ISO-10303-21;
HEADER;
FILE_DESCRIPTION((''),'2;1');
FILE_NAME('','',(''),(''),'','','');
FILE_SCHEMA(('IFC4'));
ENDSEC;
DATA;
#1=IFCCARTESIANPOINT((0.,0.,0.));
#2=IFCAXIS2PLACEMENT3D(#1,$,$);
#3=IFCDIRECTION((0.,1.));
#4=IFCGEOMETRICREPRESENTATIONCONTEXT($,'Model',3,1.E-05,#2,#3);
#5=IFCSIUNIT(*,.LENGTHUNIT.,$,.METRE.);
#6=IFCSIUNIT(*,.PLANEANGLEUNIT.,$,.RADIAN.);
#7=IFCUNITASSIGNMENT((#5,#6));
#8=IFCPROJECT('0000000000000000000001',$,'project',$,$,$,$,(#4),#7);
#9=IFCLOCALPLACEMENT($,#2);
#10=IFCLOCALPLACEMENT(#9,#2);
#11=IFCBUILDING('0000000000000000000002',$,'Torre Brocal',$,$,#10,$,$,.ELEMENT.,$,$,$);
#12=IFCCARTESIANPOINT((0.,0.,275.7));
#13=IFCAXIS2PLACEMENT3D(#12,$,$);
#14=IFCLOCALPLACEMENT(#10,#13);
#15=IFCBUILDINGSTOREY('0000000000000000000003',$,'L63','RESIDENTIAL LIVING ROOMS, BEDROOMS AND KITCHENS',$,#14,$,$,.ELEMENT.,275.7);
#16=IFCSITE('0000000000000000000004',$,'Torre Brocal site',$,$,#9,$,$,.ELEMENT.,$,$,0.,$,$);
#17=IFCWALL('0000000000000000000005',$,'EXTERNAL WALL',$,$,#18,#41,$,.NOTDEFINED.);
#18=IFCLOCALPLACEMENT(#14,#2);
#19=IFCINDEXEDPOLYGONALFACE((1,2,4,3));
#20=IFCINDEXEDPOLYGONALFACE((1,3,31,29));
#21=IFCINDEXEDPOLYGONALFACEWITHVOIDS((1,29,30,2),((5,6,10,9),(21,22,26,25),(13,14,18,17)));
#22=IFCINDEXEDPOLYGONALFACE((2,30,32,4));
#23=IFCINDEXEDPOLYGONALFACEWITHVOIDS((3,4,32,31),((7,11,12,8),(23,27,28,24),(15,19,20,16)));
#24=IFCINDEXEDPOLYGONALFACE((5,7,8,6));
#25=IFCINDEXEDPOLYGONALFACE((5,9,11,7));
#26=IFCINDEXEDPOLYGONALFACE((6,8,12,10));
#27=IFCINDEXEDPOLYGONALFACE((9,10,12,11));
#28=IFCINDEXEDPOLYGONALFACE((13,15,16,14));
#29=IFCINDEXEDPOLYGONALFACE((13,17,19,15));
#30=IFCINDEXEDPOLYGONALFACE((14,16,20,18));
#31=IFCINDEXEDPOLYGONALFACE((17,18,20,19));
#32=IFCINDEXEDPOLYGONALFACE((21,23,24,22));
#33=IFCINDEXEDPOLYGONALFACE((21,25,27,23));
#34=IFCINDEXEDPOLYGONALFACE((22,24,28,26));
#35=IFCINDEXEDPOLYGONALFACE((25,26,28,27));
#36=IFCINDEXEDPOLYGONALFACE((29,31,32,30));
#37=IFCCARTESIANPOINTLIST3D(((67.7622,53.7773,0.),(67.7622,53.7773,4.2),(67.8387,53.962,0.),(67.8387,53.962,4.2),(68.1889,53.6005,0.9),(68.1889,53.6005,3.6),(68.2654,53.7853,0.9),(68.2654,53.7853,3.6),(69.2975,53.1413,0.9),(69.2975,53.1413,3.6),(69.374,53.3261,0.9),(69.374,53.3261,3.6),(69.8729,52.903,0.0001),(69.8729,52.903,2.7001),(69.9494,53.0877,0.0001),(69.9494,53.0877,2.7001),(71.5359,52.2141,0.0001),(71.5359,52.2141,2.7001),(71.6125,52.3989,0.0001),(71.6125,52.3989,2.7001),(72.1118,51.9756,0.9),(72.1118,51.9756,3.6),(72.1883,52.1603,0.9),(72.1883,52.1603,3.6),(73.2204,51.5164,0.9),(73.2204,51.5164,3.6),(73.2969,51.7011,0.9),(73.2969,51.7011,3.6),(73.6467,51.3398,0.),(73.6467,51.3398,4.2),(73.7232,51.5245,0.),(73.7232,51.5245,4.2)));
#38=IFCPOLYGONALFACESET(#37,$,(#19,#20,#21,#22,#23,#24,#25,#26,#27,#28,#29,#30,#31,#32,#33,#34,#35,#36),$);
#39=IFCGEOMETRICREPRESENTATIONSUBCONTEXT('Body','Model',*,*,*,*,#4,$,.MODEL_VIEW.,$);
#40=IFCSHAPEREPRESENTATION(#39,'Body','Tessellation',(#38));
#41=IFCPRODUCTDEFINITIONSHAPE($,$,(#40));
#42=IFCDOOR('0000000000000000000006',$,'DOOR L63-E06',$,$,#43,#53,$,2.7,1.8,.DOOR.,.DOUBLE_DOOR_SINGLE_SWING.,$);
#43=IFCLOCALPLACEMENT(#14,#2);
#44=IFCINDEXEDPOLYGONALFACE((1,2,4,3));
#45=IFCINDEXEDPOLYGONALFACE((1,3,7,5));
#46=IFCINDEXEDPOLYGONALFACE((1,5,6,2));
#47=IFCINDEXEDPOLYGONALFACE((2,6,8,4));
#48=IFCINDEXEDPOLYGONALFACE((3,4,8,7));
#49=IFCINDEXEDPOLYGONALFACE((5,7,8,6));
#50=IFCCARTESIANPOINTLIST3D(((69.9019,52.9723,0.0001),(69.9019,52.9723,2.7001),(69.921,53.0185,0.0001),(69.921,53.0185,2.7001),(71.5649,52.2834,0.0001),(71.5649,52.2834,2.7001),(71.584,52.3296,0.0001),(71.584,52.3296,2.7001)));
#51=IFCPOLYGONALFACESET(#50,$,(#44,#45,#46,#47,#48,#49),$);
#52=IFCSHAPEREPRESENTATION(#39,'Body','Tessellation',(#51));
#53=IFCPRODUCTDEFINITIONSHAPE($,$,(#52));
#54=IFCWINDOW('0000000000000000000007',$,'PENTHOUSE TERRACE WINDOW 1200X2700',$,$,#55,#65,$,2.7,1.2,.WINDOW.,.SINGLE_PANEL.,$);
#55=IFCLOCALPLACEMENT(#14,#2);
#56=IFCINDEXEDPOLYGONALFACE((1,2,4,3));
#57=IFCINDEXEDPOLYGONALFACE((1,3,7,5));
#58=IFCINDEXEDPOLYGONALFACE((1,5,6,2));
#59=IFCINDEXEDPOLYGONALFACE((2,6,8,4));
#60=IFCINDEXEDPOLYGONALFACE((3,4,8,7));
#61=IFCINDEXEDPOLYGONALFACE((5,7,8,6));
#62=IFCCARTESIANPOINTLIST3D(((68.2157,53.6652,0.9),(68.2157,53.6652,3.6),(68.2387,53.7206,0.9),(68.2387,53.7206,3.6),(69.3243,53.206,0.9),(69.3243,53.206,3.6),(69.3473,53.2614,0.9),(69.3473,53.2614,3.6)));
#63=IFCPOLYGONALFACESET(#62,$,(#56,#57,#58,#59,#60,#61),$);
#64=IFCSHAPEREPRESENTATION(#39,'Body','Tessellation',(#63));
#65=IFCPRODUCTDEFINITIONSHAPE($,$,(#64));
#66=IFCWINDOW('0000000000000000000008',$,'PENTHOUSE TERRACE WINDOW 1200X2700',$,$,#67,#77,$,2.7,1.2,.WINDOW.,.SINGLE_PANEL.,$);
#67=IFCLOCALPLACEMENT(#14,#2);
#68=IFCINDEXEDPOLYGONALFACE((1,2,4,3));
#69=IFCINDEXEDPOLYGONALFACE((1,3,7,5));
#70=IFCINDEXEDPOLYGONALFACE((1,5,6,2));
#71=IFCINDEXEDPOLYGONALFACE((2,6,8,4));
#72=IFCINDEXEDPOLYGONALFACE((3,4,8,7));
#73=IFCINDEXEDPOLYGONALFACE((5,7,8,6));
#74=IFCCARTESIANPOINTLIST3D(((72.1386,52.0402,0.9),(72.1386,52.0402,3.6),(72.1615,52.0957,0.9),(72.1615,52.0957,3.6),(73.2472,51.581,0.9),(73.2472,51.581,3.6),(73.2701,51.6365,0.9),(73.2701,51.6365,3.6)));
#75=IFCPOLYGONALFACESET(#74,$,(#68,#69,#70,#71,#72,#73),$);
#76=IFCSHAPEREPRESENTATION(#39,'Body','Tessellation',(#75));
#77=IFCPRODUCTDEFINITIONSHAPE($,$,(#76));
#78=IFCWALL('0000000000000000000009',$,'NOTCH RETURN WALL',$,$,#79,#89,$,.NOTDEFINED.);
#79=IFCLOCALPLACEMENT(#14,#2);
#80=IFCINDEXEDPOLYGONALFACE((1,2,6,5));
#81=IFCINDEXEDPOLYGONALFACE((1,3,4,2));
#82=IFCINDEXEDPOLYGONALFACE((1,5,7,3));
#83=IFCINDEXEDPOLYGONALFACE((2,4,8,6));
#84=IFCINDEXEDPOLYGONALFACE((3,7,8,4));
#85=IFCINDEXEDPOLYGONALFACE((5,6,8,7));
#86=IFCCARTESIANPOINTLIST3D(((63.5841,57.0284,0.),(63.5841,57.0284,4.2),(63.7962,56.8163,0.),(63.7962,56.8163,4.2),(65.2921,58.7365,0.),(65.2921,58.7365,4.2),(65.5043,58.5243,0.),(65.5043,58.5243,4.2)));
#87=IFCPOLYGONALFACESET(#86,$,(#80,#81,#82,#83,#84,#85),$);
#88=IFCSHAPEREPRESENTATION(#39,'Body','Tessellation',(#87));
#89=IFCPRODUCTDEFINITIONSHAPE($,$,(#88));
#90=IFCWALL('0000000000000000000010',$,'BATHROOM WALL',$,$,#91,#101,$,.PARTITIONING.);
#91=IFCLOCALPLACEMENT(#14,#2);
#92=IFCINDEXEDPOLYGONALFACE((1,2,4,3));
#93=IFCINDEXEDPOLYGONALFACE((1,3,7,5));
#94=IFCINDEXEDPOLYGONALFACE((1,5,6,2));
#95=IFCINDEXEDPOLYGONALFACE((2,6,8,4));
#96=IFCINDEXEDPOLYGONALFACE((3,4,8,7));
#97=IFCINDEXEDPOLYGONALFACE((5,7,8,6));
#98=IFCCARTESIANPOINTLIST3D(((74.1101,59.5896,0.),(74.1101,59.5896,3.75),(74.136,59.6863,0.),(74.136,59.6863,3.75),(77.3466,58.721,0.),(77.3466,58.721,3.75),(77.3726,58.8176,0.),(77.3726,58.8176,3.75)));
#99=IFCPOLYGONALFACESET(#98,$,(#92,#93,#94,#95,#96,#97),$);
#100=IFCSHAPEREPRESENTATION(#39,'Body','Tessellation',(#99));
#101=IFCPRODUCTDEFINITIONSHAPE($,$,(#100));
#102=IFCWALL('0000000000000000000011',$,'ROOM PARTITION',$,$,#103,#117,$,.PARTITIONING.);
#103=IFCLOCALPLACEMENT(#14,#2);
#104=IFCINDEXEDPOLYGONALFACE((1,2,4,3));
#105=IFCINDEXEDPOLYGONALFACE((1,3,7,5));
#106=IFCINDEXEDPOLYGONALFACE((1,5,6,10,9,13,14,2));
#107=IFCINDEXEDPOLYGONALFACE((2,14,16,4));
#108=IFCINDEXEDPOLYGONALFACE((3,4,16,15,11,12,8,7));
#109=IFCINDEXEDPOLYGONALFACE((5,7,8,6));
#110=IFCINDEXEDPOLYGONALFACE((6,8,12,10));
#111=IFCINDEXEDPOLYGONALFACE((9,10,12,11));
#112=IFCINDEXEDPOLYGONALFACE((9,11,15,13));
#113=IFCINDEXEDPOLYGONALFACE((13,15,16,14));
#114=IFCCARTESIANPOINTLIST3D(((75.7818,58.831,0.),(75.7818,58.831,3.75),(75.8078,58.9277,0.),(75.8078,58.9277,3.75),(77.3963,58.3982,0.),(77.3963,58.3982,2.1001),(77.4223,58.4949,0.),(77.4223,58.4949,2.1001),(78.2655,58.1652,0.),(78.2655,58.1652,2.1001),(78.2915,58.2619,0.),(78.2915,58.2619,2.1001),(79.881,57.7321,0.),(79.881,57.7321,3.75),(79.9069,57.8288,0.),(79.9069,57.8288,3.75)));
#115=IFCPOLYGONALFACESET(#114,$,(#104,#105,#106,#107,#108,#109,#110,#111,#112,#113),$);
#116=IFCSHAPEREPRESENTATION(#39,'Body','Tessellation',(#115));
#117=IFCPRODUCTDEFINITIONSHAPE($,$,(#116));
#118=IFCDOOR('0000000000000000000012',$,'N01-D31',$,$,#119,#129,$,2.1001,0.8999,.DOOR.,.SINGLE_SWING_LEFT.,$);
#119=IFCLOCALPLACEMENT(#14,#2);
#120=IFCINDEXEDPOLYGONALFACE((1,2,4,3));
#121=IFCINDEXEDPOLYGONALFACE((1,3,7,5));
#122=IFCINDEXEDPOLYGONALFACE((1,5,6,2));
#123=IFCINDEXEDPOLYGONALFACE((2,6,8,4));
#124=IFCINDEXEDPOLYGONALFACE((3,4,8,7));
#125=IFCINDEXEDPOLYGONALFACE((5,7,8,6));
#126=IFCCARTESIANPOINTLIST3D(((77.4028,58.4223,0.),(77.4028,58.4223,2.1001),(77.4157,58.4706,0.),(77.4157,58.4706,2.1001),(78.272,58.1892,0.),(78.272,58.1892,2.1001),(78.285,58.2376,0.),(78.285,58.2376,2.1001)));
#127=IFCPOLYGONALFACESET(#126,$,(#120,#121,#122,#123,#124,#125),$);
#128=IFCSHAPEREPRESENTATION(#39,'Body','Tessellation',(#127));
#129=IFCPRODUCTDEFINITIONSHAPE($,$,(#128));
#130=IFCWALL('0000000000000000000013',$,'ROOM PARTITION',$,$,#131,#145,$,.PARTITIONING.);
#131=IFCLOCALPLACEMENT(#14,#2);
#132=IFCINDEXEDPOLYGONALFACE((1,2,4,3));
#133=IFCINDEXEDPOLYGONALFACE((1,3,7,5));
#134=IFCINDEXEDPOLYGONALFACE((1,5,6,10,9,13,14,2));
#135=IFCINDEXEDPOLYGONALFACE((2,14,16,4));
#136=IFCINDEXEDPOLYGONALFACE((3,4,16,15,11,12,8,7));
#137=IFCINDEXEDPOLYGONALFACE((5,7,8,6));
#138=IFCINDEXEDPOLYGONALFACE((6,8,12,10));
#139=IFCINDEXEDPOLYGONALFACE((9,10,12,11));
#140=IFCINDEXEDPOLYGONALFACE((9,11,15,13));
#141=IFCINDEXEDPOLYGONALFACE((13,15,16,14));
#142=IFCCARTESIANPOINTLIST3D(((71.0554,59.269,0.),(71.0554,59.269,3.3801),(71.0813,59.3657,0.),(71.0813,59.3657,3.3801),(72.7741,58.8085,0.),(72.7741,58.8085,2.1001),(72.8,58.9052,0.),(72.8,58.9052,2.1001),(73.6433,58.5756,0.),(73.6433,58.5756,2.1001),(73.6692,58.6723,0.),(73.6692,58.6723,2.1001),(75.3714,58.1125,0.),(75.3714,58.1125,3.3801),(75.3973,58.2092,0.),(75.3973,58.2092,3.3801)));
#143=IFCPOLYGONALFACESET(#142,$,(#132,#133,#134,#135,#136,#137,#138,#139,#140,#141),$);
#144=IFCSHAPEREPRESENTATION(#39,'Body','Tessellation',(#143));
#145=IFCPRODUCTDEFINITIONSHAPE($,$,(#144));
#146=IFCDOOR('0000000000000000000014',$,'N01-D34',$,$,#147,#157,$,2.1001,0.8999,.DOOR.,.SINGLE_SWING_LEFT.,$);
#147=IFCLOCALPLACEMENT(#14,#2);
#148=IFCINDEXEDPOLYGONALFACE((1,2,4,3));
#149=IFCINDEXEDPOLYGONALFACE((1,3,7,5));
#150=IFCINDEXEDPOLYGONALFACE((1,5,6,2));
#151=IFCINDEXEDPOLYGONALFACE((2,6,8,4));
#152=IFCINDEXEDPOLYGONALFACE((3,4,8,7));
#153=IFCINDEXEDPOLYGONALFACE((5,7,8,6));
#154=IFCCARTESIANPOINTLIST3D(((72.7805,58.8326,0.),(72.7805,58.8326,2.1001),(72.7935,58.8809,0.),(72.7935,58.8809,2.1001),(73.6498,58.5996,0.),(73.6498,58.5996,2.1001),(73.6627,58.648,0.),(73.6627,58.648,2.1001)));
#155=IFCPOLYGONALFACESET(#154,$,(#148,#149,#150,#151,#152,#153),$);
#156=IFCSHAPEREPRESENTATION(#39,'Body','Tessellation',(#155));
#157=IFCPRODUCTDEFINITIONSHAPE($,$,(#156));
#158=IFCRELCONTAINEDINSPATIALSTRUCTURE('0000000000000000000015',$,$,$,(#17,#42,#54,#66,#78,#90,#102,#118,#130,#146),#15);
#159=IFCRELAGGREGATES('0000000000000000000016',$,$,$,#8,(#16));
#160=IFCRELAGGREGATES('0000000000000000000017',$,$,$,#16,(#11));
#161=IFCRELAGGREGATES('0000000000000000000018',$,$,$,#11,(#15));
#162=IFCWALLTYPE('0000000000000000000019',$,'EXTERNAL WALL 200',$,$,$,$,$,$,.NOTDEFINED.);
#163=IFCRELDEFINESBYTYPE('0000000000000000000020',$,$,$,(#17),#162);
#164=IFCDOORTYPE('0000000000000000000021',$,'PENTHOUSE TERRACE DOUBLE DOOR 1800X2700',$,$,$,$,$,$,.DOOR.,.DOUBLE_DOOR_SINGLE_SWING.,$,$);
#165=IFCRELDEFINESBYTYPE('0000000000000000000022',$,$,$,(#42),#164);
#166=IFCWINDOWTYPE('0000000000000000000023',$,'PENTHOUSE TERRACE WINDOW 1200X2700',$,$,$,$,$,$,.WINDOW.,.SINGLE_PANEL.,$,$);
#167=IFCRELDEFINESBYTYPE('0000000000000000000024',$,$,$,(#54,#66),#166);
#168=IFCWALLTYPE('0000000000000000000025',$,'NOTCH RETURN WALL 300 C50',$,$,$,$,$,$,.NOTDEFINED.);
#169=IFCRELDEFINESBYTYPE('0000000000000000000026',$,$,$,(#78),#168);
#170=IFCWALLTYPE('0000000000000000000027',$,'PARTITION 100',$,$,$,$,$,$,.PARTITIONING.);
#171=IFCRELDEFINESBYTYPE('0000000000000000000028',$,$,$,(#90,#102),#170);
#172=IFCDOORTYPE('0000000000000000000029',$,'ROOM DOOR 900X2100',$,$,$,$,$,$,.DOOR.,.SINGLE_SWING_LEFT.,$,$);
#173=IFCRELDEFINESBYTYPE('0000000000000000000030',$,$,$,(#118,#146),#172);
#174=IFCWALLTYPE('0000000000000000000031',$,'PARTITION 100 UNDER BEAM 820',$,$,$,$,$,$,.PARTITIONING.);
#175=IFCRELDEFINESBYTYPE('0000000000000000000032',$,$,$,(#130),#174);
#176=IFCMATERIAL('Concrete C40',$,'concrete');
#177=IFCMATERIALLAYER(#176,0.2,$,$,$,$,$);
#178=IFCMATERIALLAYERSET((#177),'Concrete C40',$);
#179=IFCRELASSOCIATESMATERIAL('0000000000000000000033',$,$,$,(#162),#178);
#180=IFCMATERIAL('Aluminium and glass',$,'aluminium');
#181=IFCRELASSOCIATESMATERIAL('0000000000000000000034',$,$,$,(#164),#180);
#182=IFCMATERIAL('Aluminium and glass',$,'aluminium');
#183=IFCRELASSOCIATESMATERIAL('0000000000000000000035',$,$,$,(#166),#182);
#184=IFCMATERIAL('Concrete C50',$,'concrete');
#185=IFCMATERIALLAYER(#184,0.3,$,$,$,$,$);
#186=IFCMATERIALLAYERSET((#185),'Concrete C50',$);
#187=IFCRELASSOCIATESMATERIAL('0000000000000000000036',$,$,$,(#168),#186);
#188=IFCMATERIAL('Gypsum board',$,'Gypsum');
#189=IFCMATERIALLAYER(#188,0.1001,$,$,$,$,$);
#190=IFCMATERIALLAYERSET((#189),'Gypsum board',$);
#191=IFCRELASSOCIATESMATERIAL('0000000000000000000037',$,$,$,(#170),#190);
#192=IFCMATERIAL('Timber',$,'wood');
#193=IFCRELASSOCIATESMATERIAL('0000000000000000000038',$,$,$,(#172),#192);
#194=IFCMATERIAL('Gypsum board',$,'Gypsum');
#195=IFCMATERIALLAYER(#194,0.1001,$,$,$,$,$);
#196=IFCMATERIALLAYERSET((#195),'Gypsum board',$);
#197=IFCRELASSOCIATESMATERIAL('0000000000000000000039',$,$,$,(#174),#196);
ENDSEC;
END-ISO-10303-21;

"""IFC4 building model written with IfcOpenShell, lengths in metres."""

from ifc_helpers import new_model, si_unit, direction, frame, frame_2d, origin, place, context, subcontext, project, spatial, rectangle, extrude, material, layer, layer_set, type_object, element, fill, save


model = new_model("IFC4")

# Units and contexts
model_context = context("Model", 3, precision=1e-05, world=origin(), true_north=direction((0.0, 1.0)))
body_context = subcontext(model_context, "Body", "Model", "MODEL_VIEW")
ifc_project = project(units=[si_unit("LENGTHUNIT", "METRE"), si_unit("PLANEANGLEUNIT", "RADIAN")], contexts=[model_context])

# Site, building, storey
site_placement = place(None, origin())
site = spatial("IfcSite", under=ifc_project, at=site_placement, Name="Torre Brocal site", CompositionType="ELEMENT", RefElevation=0.0)
building_placement = place(site_placement, origin())
building = spatial("IfcBuilding", under=site, at=building_placement, Name="Torre Brocal", CompositionType="ELEMENT")
storey_placement = place(building_placement, frame((0.0, 0.0, 275.7)))
storey = spatial("IfcBuildingStorey", under=building, at=storey_placement, Name="L63", Description="RESIDENTIAL LIVING ROOMS, BEDROOMS AND KITCHENS", CompositionType="ELEMENT", Elevation=275.7)

# Wall, openings, door, windows
ifc_material_1 = material(Name="Concrete C40", Category="concrete")
ifc_layer_1 = layer(ifc_material_1, 0.2)
ifc_layer_set_1 = layer_set([ifc_layer_1], Name="Concrete C40")
wall_type_1 = type_object("IfcWallType", Name="EXTERNAL WALL 200", PredefinedType="NOTDEFINED", material=ifc_layer_set_1)
wall_1_placement = place(storey_placement, frame((67.8005, 53.8696, 0.0), z_axis=(0.0, 0.0, 1.0), x_axis=(0.923877, -0.38269, 0.0)))
wall_1 = element("IfcWall", 1, at=wall_1_placement, inside=storey, type_object=wall_type_1, Name="EXTERNAL WALL", PredefinedType="NOTDEFINED", context=body_context, shape_type="SweptSolid", body=[
    extrude(rectangle(XDim=6.3694, YDim=0.2, at=frame_2d((3.1846, 0.0))), origin(), (0.0, 0.0, 1.0), 4.2),
])
opening_1_placement = place(wall_1_placement, frame((0.4617, 0.0, 0.8999)))
opening_1 = element("IfcOpeningElement", 2, at=opening_1_placement, cuts=wall_1, PredefinedType="OPENING", context=body_context, shape_type="SweptSolid", body=[
    extrude(rectangle(XDim=1.2, YDim=2.7, at=frame_2d((0.6001, 1.3501))), frame((0.0, 0.1099, 0.0), z_axis=(0.0, -1.0, 0.0), x_axis=(1.0, 0.0, 0.0)), (0.0, 0.0, 1.0), 0.22),
])
opening_2_placement = place(wall_1_placement, frame((2.2847, 0.0, 0.0)))
opening_2 = element("IfcOpeningElement", 3, at=opening_2_placement, cuts=wall_1, PredefinedType="OPENING", context=body_context, shape_type="SweptSolid", body=[
    extrude(rectangle(XDim=1.8, YDim=2.7, at=frame_2d((0.8999, 1.3501))), frame((0.0, 0.1099, 0.0), z_axis=(0.0, -1.0, 0.0), x_axis=(1.0, 0.0, 0.0)), (0.0, 0.0, 1.0), 0.22),
])
opening_3_placement = place(wall_1_placement, frame((4.7078, 0.0, 0.8999)))
opening_3 = element("IfcOpeningElement", 4, at=opening_3_placement, cuts=wall_1, PredefinedType="OPENING", context=body_context, shape_type="SweptSolid", body=[
    extrude(rectangle(XDim=1.2, YDim=2.7, at=frame_2d((0.6001, 1.3501))), frame((0.0, 0.1099, 0.0), z_axis=(0.0, -1.0, 0.0), x_axis=(1.0, 0.0, 0.0)), (0.0, 0.0, 1.0), 0.22),
])
ifc_material_2 = material(Name="Aluminium and glass", Category="aluminium")
door_type_1 = type_object("IfcDoorType", Name="PENTHOUSE TERRACE DOUBLE DOOR 1800X2700", OperationType="DOUBLE_DOOR_SINGLE_SWING", PredefinedType="DOOR", material=ifc_material_2)
door_1_placement = place(opening_2_placement, frame((1.8, 0.0, 0.0), z_axis=(0.0, 0.0, 1.0), x_axis=(-1.0, 0.0, 0.0)))
door_1 = element("IfcDoor", 5, at=door_1_placement, inside=storey, type_object=door_type_1, Name="DOOR L63-E06", OperationType="DOUBLE_DOOR_SINGLE_SWING", OverallHeight=2.7, OverallWidth=1.8, PredefinedType="DOOR", context=body_context, shape_type="SweptSolid", body=[
    extrude(rectangle(XDim=1.8, YDim=2.7, at=frame_2d((0.8999, 1.3501))), frame((0.0, 0.0249, 0.0), z_axis=(0.0, -1.0, 0.0), x_axis=(1.0, 0.0, 0.0)), (0.0, 0.0, 1.0), 0.05),
])
fill(opening_2, door_1)
ifc_material_3 = material(Name="Aluminium and glass", Category="aluminium")
window_type = type_object("IfcWindowType", Name="PENTHOUSE TERRACE WINDOW 1200X2700", PartitioningType="SINGLE_PANEL", PredefinedType="WINDOW", material=ifc_material_3)
window_1_placement = place(opening_1_placement, origin())
window_1 = element("IfcWindow", 6, at=window_1_placement, inside=storey, type_object=window_type, Name="PENTHOUSE TERRACE WINDOW 1200X2700", OverallHeight=2.7, OverallWidth=1.2, PartitioningType="SINGLE_PANEL", PredefinedType="WINDOW", context=body_context, shape_type="SweptSolid", body=[
    extrude(rectangle(XDim=1.2, YDim=2.7, at=frame_2d((0.6001, 1.3501))), frame((0.0, 0.03, 0.0), z_axis=(0.0, -1.0, 0.0), x_axis=(1.0, 0.0, 0.0)), (0.0, 0.0, 1.0), 0.0601),
])
fill(opening_1, window_1)
window_2_placement = place(opening_3_placement, origin())
window_2 = element("IfcWindow", 7, at=window_2_placement, inside=storey, type_object=window_type, Name="PENTHOUSE TERRACE WINDOW 1200X2700", OverallHeight=2.7, OverallWidth=1.2, PartitioningType="SINGLE_PANEL", PredefinedType="WINDOW", context=body_context, shape_type="SweptSolid", body=[
    extrude(rectangle(XDim=1.2, YDim=2.7, at=frame_2d((0.6001, 1.3501))), frame((0.0, 0.03, 0.0), z_axis=(0.0, -1.0, 0.0), x_axis=(1.0, 0.0, 0.0)), (0.0, 0.0, 1.0), 0.0601),
])
fill(opening_3, window_2)

# Walls
ifc_material_4 = material(Name="Concrete C50", Category="concrete")
ifc_layer_2 = layer(ifc_material_4, 0.3)
ifc_layer_set_2 = layer_set([ifc_layer_2], Name="Concrete C50")
wall_type_2 = type_object("IfcWallType", Name="NOTCH RETURN WALL 300 C50", PredefinedType="NOTDEFINED", material=ifc_layer_set_2)
wall_2_placement = place(storey_placement, frame((65.3982, 58.6304, 0.0), z_axis=(0.0, 0.0, 1.0), x_axis=(-0.707107, -0.707107, 0.0)))
element("IfcWall", 8, at=wall_2_placement, inside=storey, type_object=wall_type_2, Name="NOTCH RETURN WALL", PredefinedType="NOTDEFINED", context=body_context, shape_type="SweptSolid", body=[
    extrude(rectangle(XDim=2.4155, YDim=0.3, at=frame_2d((1.2078, 0.0))), origin(), (0.0, 0.0, 1.0), 4.2),
])
ifc_material_5 = material(Name="Gypsum board", Category="Gypsum")
ifc_layer_3 = layer(ifc_material_5, 0.1001)
ifc_layer_set_3 = layer_set([ifc_layer_3], Name="Gypsum board")
wall_type_3 = type_object("IfcWallType", Name="PARTITION 100", PredefinedType="PARTITIONING", material=ifc_layer_set_3)
wall_3_placement = place(storey_placement, frame((74.123, 59.6379, 0.0), z_axis=(0.0, 0.0, 1.0), x_axis=(0.96582, -0.259213, 0.0)))
element("IfcWall", 9, at=wall_3_placement, inside=storey, type_object=wall_type_3, Name="BATHROOM WALL", PredefinedType="PARTITIONING", context=body_context, shape_type="SweptSolid", body=[
    extrude(rectangle(XDim=3.3511, YDim=0.1001, at=frame_2d((1.6755, 0.0))), origin(), (0.0, 0.0, 1.0), 3.75),
])

# Walls, openings, doors
wall_4_placement = place(storey_placement, frame((75.7947, 58.8794, 0.0), z_axis=(0.0, 0.0, 1.0), x_axis=(0.965895, -0.258934, 0.0)))
wall_4 = element("IfcWall", 10, at=wall_4_placement, inside=storey, type_object=wall_type_3, Name="ROOM PARTITION", PredefinedType="PARTITIONING", context=body_context, shape_type="SweptSolid", body=[
    extrude(rectangle(XDim=4.2439, YDim=0.1001, at=frame_2d((2.1221, 0.0))), origin(), (0.0, 0.0, 1.0), 3.75),
])
opening_4_placement = place(wall_4_placement, frame((1.6716, 0.0, 0.0)))
opening_4 = element("IfcOpeningElement", 11, at=opening_4_placement, cuts=wall_4, PredefinedType="OPENING", context=body_context, shape_type="SweptSolid", body=[
    extrude(rectangle(XDim=0.8999, YDim=2.1001, at=frame_2d((0.45, 1.05))), frame((0.0, 0.0601, 0.0), z_axis=(0.0, -1.0, 0.0), x_axis=(1.0, 0.0, 0.0)), (0.0, 0.0, 1.0), 0.1201),
])
ifc_material_6 = material(Name="Timber", Category="wood")
door_type_2 = type_object("IfcDoorType", Name="ROOM DOOR 900X2100", OperationType="SINGLE_SWING_LEFT", PredefinedType="DOOR", material=ifc_material_6)
door_2_placement = place(opening_4_placement, origin())
door_2 = element("IfcDoor", 12, at=door_2_placement, inside=storey, type_object=door_type_2, Name="N01-D31", OperationType="SINGLE_SWING_LEFT", OverallHeight=2.1001, OverallWidth=0.8999, PredefinedType="DOOR", context=body_context, shape_type="SweptSolid", body=[
    extrude(rectangle(XDim=0.8999, YDim=2.1001, at=frame_2d((0.45, 1.05))), frame((0.0, 0.0249, 0.0), z_axis=(0.0, -1.0, 0.0), x_axis=(1.0, 0.0, 0.0)), (0.0, 0.0, 1.0), 0.05),
])
fill(opening_4, door_2)
ifc_material_7 = material(Name="Gypsum board", Category="Gypsum")
ifc_layer_4 = layer(ifc_material_7, 0.1001)
ifc_layer_set_4 = layer_set([ifc_layer_4], Name="Gypsum board")
wall_type_4 = type_object("IfcWallType", Name="PARTITION 100 UNDER BEAM 820", PredefinedType="PARTITIONING", material=ifc_layer_set_4)
wall_5_placement = place(storey_placement, frame((71.0684, 59.3174, 0.0), z_axis=(0.0, 0.0, 1.0), x_axis=(0.965923, -0.258829, 0.0)))
wall_5 = element("IfcWall", 13, at=wall_5_placement, inside=storey, type_object=wall_type_4, Name="ROOM PARTITION", PredefinedType="PARTITIONING", context=body_context, shape_type="SweptSolid", body=[
    extrude(rectangle(XDim=4.4683, YDim=0.1001, at=frame_2d((2.2341, 0.0))), origin(), (0.0, 0.0, 1.0), 3.3801),
])
opening_5_placement = place(wall_5_placement, frame((1.7793, 0.0, 0.0)))
opening_5 = element("IfcOpeningElement", 14, at=opening_5_placement, cuts=wall_5, PredefinedType="OPENING", context=body_context, shape_type="SweptSolid", body=[
    extrude(rectangle(XDim=0.8999, YDim=2.1001, at=frame_2d((0.45, 1.05))), frame((0.0, 0.0601, 0.0), z_axis=(0.0, -1.0, 0.0), x_axis=(1.0, 0.0, 0.0)), (0.0, 0.0, 1.0), 0.1201),
])
door_3_placement = place(opening_5_placement, origin())
door_3 = element("IfcDoor", 15, at=door_3_placement, inside=storey, type_object=door_type_2, Name="N01-D34", OperationType="SINGLE_SWING_LEFT", OverallHeight=2.1001, OverallWidth=0.8999, PredefinedType="DOOR", context=body_context, shape_type="SweptSolid", body=[
    extrude(rectangle(XDim=0.8999, YDim=2.1001, at=frame_2d((0.45, 1.05))), frame((0.0, 0.0249, 0.0), z_axis=(0.0, -1.0, 0.0), x_axis=(1.0, 0.0, 0.0)), (0.0, 0.0, 1.0), 0.05),
])
fill(opening_5, door_3)

save(model, "model.ifc")
